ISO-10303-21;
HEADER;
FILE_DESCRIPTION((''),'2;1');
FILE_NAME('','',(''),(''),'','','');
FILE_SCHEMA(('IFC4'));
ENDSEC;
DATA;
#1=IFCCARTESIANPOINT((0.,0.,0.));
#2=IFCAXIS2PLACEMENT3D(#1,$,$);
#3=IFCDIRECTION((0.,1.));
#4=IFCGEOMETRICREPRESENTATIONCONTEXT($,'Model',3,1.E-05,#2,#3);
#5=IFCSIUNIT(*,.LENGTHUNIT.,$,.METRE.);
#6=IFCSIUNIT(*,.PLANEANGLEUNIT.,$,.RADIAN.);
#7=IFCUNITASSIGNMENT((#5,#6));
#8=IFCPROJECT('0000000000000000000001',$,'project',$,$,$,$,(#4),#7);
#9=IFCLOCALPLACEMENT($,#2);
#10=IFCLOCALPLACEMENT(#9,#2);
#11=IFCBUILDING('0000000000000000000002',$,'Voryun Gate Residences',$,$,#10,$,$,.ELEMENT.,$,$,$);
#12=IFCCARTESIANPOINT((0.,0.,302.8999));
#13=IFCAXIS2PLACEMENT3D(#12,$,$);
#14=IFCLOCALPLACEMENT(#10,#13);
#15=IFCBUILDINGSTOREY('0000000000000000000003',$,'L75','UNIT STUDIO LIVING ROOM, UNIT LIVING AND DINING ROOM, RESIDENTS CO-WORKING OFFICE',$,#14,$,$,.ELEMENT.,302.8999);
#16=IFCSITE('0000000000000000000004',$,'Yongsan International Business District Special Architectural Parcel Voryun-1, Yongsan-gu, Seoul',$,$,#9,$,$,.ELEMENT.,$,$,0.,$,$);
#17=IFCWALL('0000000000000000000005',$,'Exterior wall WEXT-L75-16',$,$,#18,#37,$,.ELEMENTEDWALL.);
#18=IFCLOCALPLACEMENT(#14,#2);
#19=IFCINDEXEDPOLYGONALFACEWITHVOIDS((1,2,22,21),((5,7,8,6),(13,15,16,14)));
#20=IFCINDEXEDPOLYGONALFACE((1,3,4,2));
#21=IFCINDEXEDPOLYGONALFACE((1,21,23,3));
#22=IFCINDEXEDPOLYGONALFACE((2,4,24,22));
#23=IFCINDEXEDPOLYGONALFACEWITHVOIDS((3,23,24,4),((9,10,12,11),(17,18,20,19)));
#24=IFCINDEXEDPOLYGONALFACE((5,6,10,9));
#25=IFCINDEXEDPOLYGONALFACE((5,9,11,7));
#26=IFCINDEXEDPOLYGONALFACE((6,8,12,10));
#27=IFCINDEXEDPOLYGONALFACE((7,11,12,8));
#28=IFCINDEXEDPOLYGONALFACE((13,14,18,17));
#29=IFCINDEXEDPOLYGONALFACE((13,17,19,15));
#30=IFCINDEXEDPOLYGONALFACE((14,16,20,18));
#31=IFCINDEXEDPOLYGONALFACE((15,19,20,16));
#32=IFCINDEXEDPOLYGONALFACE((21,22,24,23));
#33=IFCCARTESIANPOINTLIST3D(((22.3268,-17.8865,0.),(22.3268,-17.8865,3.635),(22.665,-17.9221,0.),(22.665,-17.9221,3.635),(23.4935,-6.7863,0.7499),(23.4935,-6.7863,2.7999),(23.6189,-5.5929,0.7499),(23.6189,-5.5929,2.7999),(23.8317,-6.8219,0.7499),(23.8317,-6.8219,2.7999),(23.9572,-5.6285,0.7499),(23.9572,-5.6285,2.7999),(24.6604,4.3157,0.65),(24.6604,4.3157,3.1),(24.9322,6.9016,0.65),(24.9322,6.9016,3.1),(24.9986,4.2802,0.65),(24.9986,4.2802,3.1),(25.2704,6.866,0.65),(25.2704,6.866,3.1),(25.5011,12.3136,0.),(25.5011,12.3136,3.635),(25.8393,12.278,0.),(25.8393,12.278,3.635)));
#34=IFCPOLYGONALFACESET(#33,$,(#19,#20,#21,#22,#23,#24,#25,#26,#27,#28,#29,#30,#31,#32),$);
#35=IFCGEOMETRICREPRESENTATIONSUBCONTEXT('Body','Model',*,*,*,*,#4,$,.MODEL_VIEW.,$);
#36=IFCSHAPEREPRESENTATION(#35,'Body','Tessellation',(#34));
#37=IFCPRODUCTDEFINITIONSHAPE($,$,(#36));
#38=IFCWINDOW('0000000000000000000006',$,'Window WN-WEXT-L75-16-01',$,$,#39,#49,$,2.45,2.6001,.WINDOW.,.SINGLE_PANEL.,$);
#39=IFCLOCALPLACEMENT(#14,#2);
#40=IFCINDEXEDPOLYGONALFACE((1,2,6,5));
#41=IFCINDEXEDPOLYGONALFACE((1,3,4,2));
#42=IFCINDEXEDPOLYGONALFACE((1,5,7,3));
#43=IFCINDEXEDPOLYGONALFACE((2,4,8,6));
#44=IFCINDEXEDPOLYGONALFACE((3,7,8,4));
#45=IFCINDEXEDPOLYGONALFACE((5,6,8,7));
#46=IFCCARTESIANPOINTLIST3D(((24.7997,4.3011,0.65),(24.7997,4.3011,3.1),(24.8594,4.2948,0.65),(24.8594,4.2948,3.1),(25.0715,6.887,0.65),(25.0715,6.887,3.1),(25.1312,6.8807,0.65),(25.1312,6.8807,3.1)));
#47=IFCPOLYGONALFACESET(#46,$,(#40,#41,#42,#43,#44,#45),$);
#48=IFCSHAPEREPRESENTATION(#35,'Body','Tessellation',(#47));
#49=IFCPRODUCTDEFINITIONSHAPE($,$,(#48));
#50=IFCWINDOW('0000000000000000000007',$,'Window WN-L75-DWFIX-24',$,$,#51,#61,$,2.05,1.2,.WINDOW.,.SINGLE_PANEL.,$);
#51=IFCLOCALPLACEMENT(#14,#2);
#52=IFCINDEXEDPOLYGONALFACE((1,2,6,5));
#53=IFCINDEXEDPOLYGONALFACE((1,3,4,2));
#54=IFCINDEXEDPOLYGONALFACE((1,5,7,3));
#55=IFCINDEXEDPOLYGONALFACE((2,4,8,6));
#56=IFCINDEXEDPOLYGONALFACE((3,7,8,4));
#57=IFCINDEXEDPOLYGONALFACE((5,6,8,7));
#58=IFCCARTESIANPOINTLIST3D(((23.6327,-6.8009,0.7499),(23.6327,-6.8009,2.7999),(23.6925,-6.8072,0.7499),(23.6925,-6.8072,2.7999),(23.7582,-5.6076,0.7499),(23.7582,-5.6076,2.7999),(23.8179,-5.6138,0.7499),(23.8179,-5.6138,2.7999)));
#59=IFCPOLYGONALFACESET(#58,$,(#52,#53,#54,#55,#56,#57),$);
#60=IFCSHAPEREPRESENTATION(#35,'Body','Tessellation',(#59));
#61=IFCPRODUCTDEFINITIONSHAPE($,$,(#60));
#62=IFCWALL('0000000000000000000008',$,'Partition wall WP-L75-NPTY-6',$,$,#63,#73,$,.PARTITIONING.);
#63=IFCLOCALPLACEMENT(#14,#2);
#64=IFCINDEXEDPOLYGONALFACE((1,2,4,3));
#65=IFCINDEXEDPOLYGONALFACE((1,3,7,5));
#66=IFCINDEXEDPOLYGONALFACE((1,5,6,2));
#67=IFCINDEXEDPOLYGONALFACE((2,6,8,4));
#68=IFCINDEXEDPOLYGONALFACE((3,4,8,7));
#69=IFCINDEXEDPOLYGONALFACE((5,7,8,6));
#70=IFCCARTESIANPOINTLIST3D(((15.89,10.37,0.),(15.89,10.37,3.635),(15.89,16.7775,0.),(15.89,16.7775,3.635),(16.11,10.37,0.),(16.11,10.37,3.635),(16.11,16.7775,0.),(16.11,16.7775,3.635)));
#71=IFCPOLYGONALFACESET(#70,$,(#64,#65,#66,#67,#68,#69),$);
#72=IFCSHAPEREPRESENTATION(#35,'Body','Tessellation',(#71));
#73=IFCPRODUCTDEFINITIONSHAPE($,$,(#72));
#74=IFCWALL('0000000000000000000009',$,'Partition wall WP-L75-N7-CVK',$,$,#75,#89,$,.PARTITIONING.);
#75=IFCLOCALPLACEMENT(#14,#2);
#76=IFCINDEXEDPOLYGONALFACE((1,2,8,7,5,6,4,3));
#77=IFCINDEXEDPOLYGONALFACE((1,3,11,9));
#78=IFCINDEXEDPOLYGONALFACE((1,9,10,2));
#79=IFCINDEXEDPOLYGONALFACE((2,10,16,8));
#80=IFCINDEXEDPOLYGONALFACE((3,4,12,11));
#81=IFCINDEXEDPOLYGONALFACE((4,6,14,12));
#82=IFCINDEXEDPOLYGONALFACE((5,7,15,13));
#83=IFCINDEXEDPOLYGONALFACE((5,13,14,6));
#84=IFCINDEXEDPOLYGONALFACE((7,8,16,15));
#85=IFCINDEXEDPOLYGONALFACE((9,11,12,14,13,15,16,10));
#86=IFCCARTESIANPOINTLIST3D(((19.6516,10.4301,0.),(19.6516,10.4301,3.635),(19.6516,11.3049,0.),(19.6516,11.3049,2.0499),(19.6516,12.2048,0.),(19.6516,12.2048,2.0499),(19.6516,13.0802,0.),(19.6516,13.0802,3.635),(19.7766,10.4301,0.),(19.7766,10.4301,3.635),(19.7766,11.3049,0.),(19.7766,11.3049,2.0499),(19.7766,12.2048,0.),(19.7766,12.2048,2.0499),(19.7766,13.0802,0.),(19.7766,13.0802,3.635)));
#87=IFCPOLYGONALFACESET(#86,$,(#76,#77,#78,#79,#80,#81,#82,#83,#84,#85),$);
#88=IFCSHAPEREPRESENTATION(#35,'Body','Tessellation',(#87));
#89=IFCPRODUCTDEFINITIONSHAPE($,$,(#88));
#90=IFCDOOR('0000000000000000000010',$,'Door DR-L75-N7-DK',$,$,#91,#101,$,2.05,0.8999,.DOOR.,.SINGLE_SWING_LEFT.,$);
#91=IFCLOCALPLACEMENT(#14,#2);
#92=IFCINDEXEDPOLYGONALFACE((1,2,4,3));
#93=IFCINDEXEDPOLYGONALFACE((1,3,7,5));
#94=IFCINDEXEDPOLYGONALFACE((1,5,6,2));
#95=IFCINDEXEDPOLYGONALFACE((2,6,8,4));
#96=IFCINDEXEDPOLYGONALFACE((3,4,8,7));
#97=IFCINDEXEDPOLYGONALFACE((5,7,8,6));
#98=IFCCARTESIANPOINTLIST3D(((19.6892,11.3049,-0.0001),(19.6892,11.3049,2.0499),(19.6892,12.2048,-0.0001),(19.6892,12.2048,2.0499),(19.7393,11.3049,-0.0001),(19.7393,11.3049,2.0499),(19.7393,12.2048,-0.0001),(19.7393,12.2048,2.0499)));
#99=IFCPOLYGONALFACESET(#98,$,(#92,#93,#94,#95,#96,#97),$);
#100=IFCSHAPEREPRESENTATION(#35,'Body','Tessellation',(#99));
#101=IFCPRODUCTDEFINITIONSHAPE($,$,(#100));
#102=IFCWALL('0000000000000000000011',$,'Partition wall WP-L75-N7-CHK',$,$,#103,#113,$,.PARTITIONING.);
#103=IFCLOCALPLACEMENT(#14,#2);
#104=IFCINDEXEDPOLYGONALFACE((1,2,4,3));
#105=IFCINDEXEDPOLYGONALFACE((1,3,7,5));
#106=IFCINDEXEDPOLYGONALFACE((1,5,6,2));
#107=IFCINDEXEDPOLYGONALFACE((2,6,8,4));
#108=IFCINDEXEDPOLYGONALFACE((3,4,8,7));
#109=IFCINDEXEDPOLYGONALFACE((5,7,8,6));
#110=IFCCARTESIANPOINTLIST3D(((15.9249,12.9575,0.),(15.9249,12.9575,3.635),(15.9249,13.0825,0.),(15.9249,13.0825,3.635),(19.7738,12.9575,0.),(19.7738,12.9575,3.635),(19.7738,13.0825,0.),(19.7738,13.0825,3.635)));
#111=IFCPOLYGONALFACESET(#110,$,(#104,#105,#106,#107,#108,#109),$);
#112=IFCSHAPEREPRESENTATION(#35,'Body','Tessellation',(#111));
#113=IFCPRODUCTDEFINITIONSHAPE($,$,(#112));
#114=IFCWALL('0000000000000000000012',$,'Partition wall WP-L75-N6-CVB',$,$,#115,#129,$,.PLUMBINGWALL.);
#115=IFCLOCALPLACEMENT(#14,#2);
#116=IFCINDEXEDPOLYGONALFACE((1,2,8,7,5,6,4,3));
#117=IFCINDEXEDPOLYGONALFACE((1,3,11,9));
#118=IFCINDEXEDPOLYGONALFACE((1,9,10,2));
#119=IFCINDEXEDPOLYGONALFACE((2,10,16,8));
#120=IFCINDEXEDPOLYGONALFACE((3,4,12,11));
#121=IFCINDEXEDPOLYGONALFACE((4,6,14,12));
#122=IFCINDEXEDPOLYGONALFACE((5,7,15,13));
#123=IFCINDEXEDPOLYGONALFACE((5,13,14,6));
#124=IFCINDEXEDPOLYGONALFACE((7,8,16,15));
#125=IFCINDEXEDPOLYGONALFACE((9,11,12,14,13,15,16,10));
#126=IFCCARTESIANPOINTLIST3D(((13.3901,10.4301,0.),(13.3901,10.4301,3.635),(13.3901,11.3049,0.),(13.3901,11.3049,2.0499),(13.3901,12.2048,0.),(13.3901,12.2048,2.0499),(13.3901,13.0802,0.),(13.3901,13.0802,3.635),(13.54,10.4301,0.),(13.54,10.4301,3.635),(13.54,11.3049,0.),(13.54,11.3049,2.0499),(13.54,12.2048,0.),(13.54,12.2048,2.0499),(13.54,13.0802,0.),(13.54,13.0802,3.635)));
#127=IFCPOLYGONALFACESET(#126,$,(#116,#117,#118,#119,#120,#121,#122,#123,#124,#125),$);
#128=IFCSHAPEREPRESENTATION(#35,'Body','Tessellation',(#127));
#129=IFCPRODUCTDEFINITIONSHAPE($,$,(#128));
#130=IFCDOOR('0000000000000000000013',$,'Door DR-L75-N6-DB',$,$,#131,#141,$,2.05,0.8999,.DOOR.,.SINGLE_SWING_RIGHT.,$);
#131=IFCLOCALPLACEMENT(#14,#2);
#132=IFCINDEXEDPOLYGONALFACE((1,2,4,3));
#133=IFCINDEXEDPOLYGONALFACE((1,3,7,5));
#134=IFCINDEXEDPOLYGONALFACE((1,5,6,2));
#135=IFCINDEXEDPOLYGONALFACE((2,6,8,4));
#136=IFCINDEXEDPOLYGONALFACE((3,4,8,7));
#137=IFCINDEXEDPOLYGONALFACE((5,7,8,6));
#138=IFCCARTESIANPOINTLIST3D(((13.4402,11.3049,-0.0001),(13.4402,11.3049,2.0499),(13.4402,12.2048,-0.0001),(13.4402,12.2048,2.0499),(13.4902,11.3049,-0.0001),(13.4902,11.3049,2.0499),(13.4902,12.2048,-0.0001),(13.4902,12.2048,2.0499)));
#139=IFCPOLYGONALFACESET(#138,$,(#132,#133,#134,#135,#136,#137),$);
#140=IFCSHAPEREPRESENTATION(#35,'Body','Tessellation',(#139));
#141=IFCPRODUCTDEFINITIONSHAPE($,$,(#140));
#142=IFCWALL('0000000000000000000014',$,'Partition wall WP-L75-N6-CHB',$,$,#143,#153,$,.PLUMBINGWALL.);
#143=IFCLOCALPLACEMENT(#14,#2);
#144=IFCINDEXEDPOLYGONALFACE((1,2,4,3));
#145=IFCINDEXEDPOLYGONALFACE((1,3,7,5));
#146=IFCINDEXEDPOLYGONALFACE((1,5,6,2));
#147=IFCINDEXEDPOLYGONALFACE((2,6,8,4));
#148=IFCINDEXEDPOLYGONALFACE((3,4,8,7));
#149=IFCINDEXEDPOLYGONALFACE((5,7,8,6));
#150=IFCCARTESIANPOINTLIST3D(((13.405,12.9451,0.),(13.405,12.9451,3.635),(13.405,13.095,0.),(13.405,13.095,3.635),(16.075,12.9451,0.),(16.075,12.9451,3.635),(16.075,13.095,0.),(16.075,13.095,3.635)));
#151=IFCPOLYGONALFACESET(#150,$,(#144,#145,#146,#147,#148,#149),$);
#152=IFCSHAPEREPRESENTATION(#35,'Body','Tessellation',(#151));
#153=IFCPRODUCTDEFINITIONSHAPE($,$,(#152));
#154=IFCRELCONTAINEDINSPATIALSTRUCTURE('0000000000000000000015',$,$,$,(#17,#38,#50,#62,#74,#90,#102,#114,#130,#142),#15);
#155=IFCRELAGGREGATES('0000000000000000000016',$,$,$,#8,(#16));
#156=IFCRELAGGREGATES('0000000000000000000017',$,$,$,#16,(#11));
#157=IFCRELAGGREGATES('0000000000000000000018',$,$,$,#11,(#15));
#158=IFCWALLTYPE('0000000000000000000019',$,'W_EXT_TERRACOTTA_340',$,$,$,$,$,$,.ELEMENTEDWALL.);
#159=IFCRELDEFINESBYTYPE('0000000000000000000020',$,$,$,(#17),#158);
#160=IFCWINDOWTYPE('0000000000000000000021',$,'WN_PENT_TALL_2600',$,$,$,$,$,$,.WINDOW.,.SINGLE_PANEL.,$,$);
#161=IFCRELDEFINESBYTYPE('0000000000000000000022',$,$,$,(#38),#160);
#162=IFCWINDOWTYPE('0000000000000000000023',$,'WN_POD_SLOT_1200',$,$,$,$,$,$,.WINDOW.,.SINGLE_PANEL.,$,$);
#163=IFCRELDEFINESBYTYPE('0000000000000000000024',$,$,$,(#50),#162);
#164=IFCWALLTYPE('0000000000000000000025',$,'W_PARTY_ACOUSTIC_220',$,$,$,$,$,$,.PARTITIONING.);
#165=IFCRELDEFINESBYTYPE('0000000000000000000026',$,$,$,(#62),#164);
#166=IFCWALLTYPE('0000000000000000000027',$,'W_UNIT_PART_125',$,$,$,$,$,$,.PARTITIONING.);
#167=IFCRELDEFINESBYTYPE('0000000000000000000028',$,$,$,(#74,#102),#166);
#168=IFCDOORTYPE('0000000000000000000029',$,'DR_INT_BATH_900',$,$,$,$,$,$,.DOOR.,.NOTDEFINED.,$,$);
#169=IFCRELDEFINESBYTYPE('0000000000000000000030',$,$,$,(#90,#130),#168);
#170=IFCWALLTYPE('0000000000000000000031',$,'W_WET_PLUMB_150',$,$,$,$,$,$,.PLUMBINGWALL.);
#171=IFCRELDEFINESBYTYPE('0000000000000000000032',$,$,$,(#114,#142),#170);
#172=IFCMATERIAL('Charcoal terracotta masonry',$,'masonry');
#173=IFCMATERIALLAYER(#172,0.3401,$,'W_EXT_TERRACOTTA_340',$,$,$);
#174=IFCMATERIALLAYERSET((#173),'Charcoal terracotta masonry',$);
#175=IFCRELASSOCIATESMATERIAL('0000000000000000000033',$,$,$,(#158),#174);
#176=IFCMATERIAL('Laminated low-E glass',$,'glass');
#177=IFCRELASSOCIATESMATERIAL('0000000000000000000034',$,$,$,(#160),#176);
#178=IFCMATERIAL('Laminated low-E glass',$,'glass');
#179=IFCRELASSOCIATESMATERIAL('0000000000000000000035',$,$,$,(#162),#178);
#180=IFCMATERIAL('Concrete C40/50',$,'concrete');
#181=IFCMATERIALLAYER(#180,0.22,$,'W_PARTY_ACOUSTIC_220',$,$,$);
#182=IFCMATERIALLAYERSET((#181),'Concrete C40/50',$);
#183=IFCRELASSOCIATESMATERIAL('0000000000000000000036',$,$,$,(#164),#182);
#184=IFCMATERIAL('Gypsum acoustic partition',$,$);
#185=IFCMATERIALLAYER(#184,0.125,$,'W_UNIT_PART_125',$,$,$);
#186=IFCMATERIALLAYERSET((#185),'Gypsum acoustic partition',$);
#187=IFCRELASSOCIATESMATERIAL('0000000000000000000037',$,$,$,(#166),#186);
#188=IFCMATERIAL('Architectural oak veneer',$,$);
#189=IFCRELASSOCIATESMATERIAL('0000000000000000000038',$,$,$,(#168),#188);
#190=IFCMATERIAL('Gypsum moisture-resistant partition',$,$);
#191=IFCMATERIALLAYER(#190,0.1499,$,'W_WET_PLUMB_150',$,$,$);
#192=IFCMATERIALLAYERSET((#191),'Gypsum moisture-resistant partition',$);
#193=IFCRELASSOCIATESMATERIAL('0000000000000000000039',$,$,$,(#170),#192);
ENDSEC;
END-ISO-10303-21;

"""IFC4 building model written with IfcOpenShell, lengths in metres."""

from ifc_helpers import new_model, si_unit, direction, frame, frame_2d, origin, place, context, subcontext, project, spatial, rectangle, extrude, material, layer, layer_set, type_object, element, fill, save


model = new_model("IFC4")

# Units and contexts
model_context = context("Model", 3, precision=1e-05, world=origin(), true_north=direction((0.0, 1.0)))
body_context = subcontext(model_context, "Body", "Model", "MODEL_VIEW")
ifc_project = project(units=[si_unit("LENGTHUNIT", "METRE"), si_unit("PLANEANGLEUNIT", "RADIAN")], contexts=[model_context])

# Site, building, storey
site_placement = place(None, origin())
site = spatial("IfcSite", under=ifc_project, at=site_placement, Name="Yongsan International Business District Special Architectural Parcel Voryun-1, Yongsan-gu, Seoul", CompositionType="ELEMENT", RefElevation=0.0)
building_placement = place(site_placement, origin())
building = spatial("IfcBuilding", under=site, at=building_placement, Name="Voryun Gate Residences", CompositionType="ELEMENT")
storey_placement = place(building_placement, frame((0.0, 0.0, 302.8999)))
storey = spatial("IfcBuildingStorey", under=building, at=storey_placement, Name="L75", Description="UNIT STUDIO LIVING ROOM, UNIT LIVING AND DINING ROOM, RESIDENTS CO-WORKING OFFICE", CompositionType="ELEMENT", Elevation=302.8999)

# Shared definitions
ifc_material_1 = material(Name="Charcoal terracotta masonry", Category="masonry")
ifc_layer_1 = layer(ifc_material_1, 0.3401, Name="W_EXT_TERRACOTTA_340")
ifc_layer_set_1 = layer_set([ifc_layer_1], Name="Charcoal terracotta masonry")
wall_type_1 = type_object("IfcWallType", Name="W_EXT_TERRACOTTA_340", PredefinedType="ELEMENTEDWALL", material=ifc_layer_set_1)

# Wall, openings, windows
wall_1_placement = place(storey_placement, frame((25.6702, 12.2957, 0.0), z_axis=(0.0, 0.0, 1.0), x_axis=(-0.104533, -0.994521, 0.0)))
wall_1 = element("IfcWall", 1, at=wall_1_placement, inside=storey, type_object=wall_type_1, Name="Exterior wall WEXT-L75-16", PredefinedType="ELEMENTEDWALL", context=body_context, shape_type="SweptSolid", body=[
    extrude(rectangle(XDim=30.3665, YDim=0.3401, at=frame_2d((15.1831, 0.0))), origin(), (0.0, 0.0, 1.0), 3.635),
])
opening_1_placement = place(wall_1_placement, frame((5.4417, 0.0, 0.6499)))
opening_1 = element("IfcOpeningElement", 2, at=opening_1_placement, cuts=wall_1, PredefinedType="OPENING", context=body_context, shape_type="SweptSolid", body=[
    extrude(rectangle(XDim=2.6001, YDim=2.45, at=frame_2d((1.3, 1.2251))), frame((0.0, 0.1799, 0.0), z_axis=(0.0, -1.0, 0.0), x_axis=(1.0, 0.0, 0.0)), (0.0, 0.0, 1.0), 0.3601),
])
opening_2_placement = place(wall_1_placement, frame((18.0049, 0.0, 0.75)))
opening_2 = element("IfcOpeningElement", 3, at=opening_2_placement, cuts=wall_1, PredefinedType="OPENING", context=body_context, shape_type="SweptSolid", body=[
    extrude(rectangle(XDim=1.2, YDim=2.05, at=frame_2d((0.6001, 1.0249))), frame((0.0, 0.1799, 0.0), z_axis=(0.0, -1.0, 0.0), x_axis=(1.0, 0.0, 0.0)), (0.0, 0.0, 1.0), 0.3601),
])
ifc_material_2 = material(Name="Laminated low-E glass", Category="glass")
window_type_1 = type_object("IfcWindowType", Name="WN_PENT_TALL_2600", PartitioningType="SINGLE_PANEL", PredefinedType="WINDOW", material=ifc_material_2)
window_1_placement = place(opening_1_placement, origin())
window_1 = element("IfcWindow", 4, at=window_1_placement, inside=storey, type_object=window_type_1, Name="Window WN-WEXT-L75-16-01", OverallHeight=2.45, OverallWidth=2.6001, PartitioningType="SINGLE_PANEL", PredefinedType="WINDOW", context=body_context, shape_type="SweptSolid", body=[
    extrude(rectangle(XDim=2.6001, YDim=2.45, at=frame_2d((1.3, 1.2251))), frame((0.0, 0.03, 0.0), z_axis=(0.0, -1.0, 0.0), x_axis=(1.0, 0.0, 0.0)), (0.0, 0.0, 1.0), 0.0601),
])
fill(opening_1, window_1)
ifc_material_3 = material(Name="Laminated low-E glass", Category="glass")
window_type_2 = type_object("IfcWindowType", Name="WN_POD_SLOT_1200", PartitioningType="SINGLE_PANEL", PredefinedType="WINDOW", material=ifc_material_3)
window_2_placement = place(opening_2_placement, origin())
window_2 = element("IfcWindow", 5, at=window_2_placement, inside=storey, type_object=window_type_2, Name="Window WN-L75-DWFIX-24", OverallHeight=2.05, OverallWidth=1.2, PartitioningType="SINGLE_PANEL", PredefinedType="WINDOW", context=body_context, shape_type="SweptSolid", body=[
    extrude(rectangle(XDim=1.2, YDim=2.05, at=frame_2d((0.6001, 1.0249))), frame((0.0, 0.03, 0.0), z_axis=(0.0, -1.0, 0.0), x_axis=(1.0, 0.0, 0.0)), (0.0, 0.0, 1.0), 0.0601),
])
fill(opening_2, window_2)

# Wall
ifc_material_4 = material(Name="Concrete C40/50", Category="concrete")
ifc_layer_2 = layer(ifc_material_4, 0.22, Name="W_PARTY_ACOUSTIC_220")
ifc_layer_set_2 = layer_set([ifc_layer_2], Name="Concrete C40/50")
wall_type_2 = type_object("IfcWallType", Name="W_PARTY_ACOUSTIC_220", PredefinedType="PARTITIONING", material=ifc_layer_set_2)
wall_2_placement = place(storey_placement, frame((16.0, 10.3701, 0.0), z_axis=(0.0, 0.0, 1.0), x_axis=(0.0, 1.0, 0.0)))
element("IfcWall", 6, at=wall_2_placement, inside=storey, type_object=wall_type_2, Name="Partition wall WP-L75-NPTY-6", PredefinedType="PARTITIONING", context=body_context, shape_type="SweptSolid", body=[
    extrude(rectangle(XDim=6.4075, YDim=0.22, at=frame_2d((3.2036, 0.0))), origin(), (0.0, 0.0, 1.0), 3.635),
])

# Wall, opening, door
ifc_material_5 = material(Name="Gypsum acoustic partition")
ifc_layer_3 = layer(ifc_material_5, 0.125, Name="W_UNIT_PART_125")
ifc_layer_set_3 = layer_set([ifc_layer_3], Name="Gypsum acoustic partition")
wall_type_3 = type_object("IfcWallType", Name="W_UNIT_PART_125", PredefinedType="PARTITIONING", material=ifc_layer_set_3)
wall_3_placement = place(storey_placement, frame((19.7141, 10.4299, 0.0), z_axis=(0.0, 0.0, 1.0), x_axis=(0.0, 1.0, 0.0)))
wall_3 = element("IfcWall", 7, at=wall_3_placement, inside=storey, type_object=wall_type_3, Name="Partition wall WP-L75-N7-CVK", PredefinedType="PARTITIONING", context=body_context, shape_type="SweptSolid", body=[
    extrude(rectangle(XDim=2.6501, YDim=0.125, at=frame_2d((1.3252, 0.0))), origin(), (0.0, 0.0, 1.0), 3.635),
])
opening_3_placement = place(wall_3_placement, frame((0.875, 0.0, 0.0)))
opening_3 = element("IfcOpeningElement", 8, at=opening_3_placement, cuts=wall_3, PredefinedType="OPENING", context=body_context, shape_type="SweptSolid", body=[
    extrude(rectangle(XDim=0.8999, YDim=2.05, at=frame_2d((0.45, 1.0249))), frame((0.0, 0.0725, 0.0), z_axis=(0.0, -1.0, 0.0), x_axis=(1.0, 0.0, 0.0)), (0.0, 0.0, 1.0), 0.145),
])
ifc_material_6 = material(Name="Architectural oak veneer")
door_type = type_object("IfcDoorType", Name="DR_INT_BATH_900", OperationType="NOTDEFINED", PredefinedType="DOOR", material=ifc_material_6)
door_1_placement = place(opening_3_placement, origin())
door_1 = element("IfcDoor", 9, at=door_1_placement, inside=storey, type_object=door_type, Name="Door DR-L75-N7-DK", OperationType="SINGLE_SWING_LEFT", OverallHeight=2.05, OverallWidth=0.8999, PredefinedType="DOOR", context=body_context, shape_type="SweptSolid", body=[
    extrude(rectangle(XDim=0.8999, YDim=2.05, at=frame_2d((0.45, 1.0249))), frame((0.0, 0.0249, 0.0), z_axis=(0.0, -1.0, 0.0), x_axis=(1.0, 0.0, 0.0)), (0.0, 0.0, 1.0), 0.05),
])
fill(opening_3, door_1)

# Wall
wall_4_placement = place(storey_placement, frame((15.925, 13.02, 0.0), z_axis=(0.0, 0.0, 1.0), x_axis=(1.0, 0.0, 0.0)))
element("IfcWall", 10, at=wall_4_placement, inside=storey, type_object=wall_type_3, Name="Partition wall WP-L75-N7-CHK", PredefinedType="PARTITIONING", context=body_context, shape_type="SweptSolid", body=[
    extrude(rectangle(XDim=3.8489, YDim=0.125, at=frame_2d((1.9243, 0.0))), origin(), (0.0, 0.0, 1.0), 3.635),
])

# Wall, opening, door
ifc_material_7 = material(Name="Gypsum moisture-resistant partition")
ifc_layer_4 = layer(ifc_material_7, 0.1499, Name="W_WET_PLUMB_150")
ifc_layer_set_4 = layer_set([ifc_layer_4], Name="Gypsum moisture-resistant partition")
wall_type_4 = type_object("IfcWallType", Name="W_WET_PLUMB_150", PredefinedType="PLUMBINGWALL", material=ifc_layer_set_4)
wall_5_placement = place(storey_placement, frame((13.4651, 10.4299, 0.0), z_axis=(0.0, 0.0, 1.0), x_axis=(0.0, 1.0, 0.0)))
wall_5 = element("IfcWall", 11, at=wall_5_placement, inside=storey, type_object=wall_type_4, Name="Partition wall WP-L75-N6-CVB", PredefinedType="PLUMBINGWALL", context=body_context, shape_type="SweptSolid", body=[
    extrude(rectangle(XDim=2.6501, YDim=0.1499, at=frame_2d((1.3252, 0.0))), origin(), (0.0, 0.0, 1.0), 3.635),
])
opening_4_placement = place(wall_5_placement, frame((0.875, 0.0, 0.0)))
opening_4 = element("IfcOpeningElement", 12, at=opening_4_placement, cuts=wall_5, PredefinedType="OPENING", context=body_context, shape_type="SweptSolid", body=[
    extrude(rectangle(XDim=0.8999, YDim=2.05, at=frame_2d((0.45, 1.0249))), frame((0.0, 0.085, 0.0), z_axis=(0.0, -1.0, 0.0), x_axis=(1.0, 0.0, 0.0)), (0.0, 0.0, 1.0), 0.1699),
])
door_2_placement = place(opening_4_placement, origin())
door_2 = element("IfcDoor", 13, at=door_2_placement, inside=storey, type_object=door_type, Name="Door DR-L75-N6-DB", OperationType="SINGLE_SWING_RIGHT", OverallHeight=2.05, OverallWidth=0.8999, PredefinedType="DOOR", context=body_context, shape_type="SweptSolid", body=[
    extrude(rectangle(XDim=0.8999, YDim=2.05, at=frame_2d((0.45, 1.0249))), frame((0.0, 0.0249, 0.0), z_axis=(0.0, -1.0, 0.0), x_axis=(1.0, 0.0, 0.0)), (0.0, 0.0, 1.0), 0.05),
])
fill(opening_4, door_2)

# Wall
wall_6_placement = place(storey_placement, frame((13.405, 13.02, 0.0), z_axis=(0.0, 0.0, 1.0), x_axis=(1.0, 0.0, 0.0)))
element("IfcWall", 14, at=wall_6_placement, inside=storey, type_object=wall_type_4, Name="Partition wall WP-L75-N6-CHB", PredefinedType="PLUMBINGWALL", context=body_context, shape_type="SweptSolid", body=[
    extrude(rectangle(XDim=2.6699, YDim=0.1499, at=frame_2d((1.335, 0.0))), origin(), (0.0, 0.0, 1.0), 3.635),
])

save(model, "model.ifc")
